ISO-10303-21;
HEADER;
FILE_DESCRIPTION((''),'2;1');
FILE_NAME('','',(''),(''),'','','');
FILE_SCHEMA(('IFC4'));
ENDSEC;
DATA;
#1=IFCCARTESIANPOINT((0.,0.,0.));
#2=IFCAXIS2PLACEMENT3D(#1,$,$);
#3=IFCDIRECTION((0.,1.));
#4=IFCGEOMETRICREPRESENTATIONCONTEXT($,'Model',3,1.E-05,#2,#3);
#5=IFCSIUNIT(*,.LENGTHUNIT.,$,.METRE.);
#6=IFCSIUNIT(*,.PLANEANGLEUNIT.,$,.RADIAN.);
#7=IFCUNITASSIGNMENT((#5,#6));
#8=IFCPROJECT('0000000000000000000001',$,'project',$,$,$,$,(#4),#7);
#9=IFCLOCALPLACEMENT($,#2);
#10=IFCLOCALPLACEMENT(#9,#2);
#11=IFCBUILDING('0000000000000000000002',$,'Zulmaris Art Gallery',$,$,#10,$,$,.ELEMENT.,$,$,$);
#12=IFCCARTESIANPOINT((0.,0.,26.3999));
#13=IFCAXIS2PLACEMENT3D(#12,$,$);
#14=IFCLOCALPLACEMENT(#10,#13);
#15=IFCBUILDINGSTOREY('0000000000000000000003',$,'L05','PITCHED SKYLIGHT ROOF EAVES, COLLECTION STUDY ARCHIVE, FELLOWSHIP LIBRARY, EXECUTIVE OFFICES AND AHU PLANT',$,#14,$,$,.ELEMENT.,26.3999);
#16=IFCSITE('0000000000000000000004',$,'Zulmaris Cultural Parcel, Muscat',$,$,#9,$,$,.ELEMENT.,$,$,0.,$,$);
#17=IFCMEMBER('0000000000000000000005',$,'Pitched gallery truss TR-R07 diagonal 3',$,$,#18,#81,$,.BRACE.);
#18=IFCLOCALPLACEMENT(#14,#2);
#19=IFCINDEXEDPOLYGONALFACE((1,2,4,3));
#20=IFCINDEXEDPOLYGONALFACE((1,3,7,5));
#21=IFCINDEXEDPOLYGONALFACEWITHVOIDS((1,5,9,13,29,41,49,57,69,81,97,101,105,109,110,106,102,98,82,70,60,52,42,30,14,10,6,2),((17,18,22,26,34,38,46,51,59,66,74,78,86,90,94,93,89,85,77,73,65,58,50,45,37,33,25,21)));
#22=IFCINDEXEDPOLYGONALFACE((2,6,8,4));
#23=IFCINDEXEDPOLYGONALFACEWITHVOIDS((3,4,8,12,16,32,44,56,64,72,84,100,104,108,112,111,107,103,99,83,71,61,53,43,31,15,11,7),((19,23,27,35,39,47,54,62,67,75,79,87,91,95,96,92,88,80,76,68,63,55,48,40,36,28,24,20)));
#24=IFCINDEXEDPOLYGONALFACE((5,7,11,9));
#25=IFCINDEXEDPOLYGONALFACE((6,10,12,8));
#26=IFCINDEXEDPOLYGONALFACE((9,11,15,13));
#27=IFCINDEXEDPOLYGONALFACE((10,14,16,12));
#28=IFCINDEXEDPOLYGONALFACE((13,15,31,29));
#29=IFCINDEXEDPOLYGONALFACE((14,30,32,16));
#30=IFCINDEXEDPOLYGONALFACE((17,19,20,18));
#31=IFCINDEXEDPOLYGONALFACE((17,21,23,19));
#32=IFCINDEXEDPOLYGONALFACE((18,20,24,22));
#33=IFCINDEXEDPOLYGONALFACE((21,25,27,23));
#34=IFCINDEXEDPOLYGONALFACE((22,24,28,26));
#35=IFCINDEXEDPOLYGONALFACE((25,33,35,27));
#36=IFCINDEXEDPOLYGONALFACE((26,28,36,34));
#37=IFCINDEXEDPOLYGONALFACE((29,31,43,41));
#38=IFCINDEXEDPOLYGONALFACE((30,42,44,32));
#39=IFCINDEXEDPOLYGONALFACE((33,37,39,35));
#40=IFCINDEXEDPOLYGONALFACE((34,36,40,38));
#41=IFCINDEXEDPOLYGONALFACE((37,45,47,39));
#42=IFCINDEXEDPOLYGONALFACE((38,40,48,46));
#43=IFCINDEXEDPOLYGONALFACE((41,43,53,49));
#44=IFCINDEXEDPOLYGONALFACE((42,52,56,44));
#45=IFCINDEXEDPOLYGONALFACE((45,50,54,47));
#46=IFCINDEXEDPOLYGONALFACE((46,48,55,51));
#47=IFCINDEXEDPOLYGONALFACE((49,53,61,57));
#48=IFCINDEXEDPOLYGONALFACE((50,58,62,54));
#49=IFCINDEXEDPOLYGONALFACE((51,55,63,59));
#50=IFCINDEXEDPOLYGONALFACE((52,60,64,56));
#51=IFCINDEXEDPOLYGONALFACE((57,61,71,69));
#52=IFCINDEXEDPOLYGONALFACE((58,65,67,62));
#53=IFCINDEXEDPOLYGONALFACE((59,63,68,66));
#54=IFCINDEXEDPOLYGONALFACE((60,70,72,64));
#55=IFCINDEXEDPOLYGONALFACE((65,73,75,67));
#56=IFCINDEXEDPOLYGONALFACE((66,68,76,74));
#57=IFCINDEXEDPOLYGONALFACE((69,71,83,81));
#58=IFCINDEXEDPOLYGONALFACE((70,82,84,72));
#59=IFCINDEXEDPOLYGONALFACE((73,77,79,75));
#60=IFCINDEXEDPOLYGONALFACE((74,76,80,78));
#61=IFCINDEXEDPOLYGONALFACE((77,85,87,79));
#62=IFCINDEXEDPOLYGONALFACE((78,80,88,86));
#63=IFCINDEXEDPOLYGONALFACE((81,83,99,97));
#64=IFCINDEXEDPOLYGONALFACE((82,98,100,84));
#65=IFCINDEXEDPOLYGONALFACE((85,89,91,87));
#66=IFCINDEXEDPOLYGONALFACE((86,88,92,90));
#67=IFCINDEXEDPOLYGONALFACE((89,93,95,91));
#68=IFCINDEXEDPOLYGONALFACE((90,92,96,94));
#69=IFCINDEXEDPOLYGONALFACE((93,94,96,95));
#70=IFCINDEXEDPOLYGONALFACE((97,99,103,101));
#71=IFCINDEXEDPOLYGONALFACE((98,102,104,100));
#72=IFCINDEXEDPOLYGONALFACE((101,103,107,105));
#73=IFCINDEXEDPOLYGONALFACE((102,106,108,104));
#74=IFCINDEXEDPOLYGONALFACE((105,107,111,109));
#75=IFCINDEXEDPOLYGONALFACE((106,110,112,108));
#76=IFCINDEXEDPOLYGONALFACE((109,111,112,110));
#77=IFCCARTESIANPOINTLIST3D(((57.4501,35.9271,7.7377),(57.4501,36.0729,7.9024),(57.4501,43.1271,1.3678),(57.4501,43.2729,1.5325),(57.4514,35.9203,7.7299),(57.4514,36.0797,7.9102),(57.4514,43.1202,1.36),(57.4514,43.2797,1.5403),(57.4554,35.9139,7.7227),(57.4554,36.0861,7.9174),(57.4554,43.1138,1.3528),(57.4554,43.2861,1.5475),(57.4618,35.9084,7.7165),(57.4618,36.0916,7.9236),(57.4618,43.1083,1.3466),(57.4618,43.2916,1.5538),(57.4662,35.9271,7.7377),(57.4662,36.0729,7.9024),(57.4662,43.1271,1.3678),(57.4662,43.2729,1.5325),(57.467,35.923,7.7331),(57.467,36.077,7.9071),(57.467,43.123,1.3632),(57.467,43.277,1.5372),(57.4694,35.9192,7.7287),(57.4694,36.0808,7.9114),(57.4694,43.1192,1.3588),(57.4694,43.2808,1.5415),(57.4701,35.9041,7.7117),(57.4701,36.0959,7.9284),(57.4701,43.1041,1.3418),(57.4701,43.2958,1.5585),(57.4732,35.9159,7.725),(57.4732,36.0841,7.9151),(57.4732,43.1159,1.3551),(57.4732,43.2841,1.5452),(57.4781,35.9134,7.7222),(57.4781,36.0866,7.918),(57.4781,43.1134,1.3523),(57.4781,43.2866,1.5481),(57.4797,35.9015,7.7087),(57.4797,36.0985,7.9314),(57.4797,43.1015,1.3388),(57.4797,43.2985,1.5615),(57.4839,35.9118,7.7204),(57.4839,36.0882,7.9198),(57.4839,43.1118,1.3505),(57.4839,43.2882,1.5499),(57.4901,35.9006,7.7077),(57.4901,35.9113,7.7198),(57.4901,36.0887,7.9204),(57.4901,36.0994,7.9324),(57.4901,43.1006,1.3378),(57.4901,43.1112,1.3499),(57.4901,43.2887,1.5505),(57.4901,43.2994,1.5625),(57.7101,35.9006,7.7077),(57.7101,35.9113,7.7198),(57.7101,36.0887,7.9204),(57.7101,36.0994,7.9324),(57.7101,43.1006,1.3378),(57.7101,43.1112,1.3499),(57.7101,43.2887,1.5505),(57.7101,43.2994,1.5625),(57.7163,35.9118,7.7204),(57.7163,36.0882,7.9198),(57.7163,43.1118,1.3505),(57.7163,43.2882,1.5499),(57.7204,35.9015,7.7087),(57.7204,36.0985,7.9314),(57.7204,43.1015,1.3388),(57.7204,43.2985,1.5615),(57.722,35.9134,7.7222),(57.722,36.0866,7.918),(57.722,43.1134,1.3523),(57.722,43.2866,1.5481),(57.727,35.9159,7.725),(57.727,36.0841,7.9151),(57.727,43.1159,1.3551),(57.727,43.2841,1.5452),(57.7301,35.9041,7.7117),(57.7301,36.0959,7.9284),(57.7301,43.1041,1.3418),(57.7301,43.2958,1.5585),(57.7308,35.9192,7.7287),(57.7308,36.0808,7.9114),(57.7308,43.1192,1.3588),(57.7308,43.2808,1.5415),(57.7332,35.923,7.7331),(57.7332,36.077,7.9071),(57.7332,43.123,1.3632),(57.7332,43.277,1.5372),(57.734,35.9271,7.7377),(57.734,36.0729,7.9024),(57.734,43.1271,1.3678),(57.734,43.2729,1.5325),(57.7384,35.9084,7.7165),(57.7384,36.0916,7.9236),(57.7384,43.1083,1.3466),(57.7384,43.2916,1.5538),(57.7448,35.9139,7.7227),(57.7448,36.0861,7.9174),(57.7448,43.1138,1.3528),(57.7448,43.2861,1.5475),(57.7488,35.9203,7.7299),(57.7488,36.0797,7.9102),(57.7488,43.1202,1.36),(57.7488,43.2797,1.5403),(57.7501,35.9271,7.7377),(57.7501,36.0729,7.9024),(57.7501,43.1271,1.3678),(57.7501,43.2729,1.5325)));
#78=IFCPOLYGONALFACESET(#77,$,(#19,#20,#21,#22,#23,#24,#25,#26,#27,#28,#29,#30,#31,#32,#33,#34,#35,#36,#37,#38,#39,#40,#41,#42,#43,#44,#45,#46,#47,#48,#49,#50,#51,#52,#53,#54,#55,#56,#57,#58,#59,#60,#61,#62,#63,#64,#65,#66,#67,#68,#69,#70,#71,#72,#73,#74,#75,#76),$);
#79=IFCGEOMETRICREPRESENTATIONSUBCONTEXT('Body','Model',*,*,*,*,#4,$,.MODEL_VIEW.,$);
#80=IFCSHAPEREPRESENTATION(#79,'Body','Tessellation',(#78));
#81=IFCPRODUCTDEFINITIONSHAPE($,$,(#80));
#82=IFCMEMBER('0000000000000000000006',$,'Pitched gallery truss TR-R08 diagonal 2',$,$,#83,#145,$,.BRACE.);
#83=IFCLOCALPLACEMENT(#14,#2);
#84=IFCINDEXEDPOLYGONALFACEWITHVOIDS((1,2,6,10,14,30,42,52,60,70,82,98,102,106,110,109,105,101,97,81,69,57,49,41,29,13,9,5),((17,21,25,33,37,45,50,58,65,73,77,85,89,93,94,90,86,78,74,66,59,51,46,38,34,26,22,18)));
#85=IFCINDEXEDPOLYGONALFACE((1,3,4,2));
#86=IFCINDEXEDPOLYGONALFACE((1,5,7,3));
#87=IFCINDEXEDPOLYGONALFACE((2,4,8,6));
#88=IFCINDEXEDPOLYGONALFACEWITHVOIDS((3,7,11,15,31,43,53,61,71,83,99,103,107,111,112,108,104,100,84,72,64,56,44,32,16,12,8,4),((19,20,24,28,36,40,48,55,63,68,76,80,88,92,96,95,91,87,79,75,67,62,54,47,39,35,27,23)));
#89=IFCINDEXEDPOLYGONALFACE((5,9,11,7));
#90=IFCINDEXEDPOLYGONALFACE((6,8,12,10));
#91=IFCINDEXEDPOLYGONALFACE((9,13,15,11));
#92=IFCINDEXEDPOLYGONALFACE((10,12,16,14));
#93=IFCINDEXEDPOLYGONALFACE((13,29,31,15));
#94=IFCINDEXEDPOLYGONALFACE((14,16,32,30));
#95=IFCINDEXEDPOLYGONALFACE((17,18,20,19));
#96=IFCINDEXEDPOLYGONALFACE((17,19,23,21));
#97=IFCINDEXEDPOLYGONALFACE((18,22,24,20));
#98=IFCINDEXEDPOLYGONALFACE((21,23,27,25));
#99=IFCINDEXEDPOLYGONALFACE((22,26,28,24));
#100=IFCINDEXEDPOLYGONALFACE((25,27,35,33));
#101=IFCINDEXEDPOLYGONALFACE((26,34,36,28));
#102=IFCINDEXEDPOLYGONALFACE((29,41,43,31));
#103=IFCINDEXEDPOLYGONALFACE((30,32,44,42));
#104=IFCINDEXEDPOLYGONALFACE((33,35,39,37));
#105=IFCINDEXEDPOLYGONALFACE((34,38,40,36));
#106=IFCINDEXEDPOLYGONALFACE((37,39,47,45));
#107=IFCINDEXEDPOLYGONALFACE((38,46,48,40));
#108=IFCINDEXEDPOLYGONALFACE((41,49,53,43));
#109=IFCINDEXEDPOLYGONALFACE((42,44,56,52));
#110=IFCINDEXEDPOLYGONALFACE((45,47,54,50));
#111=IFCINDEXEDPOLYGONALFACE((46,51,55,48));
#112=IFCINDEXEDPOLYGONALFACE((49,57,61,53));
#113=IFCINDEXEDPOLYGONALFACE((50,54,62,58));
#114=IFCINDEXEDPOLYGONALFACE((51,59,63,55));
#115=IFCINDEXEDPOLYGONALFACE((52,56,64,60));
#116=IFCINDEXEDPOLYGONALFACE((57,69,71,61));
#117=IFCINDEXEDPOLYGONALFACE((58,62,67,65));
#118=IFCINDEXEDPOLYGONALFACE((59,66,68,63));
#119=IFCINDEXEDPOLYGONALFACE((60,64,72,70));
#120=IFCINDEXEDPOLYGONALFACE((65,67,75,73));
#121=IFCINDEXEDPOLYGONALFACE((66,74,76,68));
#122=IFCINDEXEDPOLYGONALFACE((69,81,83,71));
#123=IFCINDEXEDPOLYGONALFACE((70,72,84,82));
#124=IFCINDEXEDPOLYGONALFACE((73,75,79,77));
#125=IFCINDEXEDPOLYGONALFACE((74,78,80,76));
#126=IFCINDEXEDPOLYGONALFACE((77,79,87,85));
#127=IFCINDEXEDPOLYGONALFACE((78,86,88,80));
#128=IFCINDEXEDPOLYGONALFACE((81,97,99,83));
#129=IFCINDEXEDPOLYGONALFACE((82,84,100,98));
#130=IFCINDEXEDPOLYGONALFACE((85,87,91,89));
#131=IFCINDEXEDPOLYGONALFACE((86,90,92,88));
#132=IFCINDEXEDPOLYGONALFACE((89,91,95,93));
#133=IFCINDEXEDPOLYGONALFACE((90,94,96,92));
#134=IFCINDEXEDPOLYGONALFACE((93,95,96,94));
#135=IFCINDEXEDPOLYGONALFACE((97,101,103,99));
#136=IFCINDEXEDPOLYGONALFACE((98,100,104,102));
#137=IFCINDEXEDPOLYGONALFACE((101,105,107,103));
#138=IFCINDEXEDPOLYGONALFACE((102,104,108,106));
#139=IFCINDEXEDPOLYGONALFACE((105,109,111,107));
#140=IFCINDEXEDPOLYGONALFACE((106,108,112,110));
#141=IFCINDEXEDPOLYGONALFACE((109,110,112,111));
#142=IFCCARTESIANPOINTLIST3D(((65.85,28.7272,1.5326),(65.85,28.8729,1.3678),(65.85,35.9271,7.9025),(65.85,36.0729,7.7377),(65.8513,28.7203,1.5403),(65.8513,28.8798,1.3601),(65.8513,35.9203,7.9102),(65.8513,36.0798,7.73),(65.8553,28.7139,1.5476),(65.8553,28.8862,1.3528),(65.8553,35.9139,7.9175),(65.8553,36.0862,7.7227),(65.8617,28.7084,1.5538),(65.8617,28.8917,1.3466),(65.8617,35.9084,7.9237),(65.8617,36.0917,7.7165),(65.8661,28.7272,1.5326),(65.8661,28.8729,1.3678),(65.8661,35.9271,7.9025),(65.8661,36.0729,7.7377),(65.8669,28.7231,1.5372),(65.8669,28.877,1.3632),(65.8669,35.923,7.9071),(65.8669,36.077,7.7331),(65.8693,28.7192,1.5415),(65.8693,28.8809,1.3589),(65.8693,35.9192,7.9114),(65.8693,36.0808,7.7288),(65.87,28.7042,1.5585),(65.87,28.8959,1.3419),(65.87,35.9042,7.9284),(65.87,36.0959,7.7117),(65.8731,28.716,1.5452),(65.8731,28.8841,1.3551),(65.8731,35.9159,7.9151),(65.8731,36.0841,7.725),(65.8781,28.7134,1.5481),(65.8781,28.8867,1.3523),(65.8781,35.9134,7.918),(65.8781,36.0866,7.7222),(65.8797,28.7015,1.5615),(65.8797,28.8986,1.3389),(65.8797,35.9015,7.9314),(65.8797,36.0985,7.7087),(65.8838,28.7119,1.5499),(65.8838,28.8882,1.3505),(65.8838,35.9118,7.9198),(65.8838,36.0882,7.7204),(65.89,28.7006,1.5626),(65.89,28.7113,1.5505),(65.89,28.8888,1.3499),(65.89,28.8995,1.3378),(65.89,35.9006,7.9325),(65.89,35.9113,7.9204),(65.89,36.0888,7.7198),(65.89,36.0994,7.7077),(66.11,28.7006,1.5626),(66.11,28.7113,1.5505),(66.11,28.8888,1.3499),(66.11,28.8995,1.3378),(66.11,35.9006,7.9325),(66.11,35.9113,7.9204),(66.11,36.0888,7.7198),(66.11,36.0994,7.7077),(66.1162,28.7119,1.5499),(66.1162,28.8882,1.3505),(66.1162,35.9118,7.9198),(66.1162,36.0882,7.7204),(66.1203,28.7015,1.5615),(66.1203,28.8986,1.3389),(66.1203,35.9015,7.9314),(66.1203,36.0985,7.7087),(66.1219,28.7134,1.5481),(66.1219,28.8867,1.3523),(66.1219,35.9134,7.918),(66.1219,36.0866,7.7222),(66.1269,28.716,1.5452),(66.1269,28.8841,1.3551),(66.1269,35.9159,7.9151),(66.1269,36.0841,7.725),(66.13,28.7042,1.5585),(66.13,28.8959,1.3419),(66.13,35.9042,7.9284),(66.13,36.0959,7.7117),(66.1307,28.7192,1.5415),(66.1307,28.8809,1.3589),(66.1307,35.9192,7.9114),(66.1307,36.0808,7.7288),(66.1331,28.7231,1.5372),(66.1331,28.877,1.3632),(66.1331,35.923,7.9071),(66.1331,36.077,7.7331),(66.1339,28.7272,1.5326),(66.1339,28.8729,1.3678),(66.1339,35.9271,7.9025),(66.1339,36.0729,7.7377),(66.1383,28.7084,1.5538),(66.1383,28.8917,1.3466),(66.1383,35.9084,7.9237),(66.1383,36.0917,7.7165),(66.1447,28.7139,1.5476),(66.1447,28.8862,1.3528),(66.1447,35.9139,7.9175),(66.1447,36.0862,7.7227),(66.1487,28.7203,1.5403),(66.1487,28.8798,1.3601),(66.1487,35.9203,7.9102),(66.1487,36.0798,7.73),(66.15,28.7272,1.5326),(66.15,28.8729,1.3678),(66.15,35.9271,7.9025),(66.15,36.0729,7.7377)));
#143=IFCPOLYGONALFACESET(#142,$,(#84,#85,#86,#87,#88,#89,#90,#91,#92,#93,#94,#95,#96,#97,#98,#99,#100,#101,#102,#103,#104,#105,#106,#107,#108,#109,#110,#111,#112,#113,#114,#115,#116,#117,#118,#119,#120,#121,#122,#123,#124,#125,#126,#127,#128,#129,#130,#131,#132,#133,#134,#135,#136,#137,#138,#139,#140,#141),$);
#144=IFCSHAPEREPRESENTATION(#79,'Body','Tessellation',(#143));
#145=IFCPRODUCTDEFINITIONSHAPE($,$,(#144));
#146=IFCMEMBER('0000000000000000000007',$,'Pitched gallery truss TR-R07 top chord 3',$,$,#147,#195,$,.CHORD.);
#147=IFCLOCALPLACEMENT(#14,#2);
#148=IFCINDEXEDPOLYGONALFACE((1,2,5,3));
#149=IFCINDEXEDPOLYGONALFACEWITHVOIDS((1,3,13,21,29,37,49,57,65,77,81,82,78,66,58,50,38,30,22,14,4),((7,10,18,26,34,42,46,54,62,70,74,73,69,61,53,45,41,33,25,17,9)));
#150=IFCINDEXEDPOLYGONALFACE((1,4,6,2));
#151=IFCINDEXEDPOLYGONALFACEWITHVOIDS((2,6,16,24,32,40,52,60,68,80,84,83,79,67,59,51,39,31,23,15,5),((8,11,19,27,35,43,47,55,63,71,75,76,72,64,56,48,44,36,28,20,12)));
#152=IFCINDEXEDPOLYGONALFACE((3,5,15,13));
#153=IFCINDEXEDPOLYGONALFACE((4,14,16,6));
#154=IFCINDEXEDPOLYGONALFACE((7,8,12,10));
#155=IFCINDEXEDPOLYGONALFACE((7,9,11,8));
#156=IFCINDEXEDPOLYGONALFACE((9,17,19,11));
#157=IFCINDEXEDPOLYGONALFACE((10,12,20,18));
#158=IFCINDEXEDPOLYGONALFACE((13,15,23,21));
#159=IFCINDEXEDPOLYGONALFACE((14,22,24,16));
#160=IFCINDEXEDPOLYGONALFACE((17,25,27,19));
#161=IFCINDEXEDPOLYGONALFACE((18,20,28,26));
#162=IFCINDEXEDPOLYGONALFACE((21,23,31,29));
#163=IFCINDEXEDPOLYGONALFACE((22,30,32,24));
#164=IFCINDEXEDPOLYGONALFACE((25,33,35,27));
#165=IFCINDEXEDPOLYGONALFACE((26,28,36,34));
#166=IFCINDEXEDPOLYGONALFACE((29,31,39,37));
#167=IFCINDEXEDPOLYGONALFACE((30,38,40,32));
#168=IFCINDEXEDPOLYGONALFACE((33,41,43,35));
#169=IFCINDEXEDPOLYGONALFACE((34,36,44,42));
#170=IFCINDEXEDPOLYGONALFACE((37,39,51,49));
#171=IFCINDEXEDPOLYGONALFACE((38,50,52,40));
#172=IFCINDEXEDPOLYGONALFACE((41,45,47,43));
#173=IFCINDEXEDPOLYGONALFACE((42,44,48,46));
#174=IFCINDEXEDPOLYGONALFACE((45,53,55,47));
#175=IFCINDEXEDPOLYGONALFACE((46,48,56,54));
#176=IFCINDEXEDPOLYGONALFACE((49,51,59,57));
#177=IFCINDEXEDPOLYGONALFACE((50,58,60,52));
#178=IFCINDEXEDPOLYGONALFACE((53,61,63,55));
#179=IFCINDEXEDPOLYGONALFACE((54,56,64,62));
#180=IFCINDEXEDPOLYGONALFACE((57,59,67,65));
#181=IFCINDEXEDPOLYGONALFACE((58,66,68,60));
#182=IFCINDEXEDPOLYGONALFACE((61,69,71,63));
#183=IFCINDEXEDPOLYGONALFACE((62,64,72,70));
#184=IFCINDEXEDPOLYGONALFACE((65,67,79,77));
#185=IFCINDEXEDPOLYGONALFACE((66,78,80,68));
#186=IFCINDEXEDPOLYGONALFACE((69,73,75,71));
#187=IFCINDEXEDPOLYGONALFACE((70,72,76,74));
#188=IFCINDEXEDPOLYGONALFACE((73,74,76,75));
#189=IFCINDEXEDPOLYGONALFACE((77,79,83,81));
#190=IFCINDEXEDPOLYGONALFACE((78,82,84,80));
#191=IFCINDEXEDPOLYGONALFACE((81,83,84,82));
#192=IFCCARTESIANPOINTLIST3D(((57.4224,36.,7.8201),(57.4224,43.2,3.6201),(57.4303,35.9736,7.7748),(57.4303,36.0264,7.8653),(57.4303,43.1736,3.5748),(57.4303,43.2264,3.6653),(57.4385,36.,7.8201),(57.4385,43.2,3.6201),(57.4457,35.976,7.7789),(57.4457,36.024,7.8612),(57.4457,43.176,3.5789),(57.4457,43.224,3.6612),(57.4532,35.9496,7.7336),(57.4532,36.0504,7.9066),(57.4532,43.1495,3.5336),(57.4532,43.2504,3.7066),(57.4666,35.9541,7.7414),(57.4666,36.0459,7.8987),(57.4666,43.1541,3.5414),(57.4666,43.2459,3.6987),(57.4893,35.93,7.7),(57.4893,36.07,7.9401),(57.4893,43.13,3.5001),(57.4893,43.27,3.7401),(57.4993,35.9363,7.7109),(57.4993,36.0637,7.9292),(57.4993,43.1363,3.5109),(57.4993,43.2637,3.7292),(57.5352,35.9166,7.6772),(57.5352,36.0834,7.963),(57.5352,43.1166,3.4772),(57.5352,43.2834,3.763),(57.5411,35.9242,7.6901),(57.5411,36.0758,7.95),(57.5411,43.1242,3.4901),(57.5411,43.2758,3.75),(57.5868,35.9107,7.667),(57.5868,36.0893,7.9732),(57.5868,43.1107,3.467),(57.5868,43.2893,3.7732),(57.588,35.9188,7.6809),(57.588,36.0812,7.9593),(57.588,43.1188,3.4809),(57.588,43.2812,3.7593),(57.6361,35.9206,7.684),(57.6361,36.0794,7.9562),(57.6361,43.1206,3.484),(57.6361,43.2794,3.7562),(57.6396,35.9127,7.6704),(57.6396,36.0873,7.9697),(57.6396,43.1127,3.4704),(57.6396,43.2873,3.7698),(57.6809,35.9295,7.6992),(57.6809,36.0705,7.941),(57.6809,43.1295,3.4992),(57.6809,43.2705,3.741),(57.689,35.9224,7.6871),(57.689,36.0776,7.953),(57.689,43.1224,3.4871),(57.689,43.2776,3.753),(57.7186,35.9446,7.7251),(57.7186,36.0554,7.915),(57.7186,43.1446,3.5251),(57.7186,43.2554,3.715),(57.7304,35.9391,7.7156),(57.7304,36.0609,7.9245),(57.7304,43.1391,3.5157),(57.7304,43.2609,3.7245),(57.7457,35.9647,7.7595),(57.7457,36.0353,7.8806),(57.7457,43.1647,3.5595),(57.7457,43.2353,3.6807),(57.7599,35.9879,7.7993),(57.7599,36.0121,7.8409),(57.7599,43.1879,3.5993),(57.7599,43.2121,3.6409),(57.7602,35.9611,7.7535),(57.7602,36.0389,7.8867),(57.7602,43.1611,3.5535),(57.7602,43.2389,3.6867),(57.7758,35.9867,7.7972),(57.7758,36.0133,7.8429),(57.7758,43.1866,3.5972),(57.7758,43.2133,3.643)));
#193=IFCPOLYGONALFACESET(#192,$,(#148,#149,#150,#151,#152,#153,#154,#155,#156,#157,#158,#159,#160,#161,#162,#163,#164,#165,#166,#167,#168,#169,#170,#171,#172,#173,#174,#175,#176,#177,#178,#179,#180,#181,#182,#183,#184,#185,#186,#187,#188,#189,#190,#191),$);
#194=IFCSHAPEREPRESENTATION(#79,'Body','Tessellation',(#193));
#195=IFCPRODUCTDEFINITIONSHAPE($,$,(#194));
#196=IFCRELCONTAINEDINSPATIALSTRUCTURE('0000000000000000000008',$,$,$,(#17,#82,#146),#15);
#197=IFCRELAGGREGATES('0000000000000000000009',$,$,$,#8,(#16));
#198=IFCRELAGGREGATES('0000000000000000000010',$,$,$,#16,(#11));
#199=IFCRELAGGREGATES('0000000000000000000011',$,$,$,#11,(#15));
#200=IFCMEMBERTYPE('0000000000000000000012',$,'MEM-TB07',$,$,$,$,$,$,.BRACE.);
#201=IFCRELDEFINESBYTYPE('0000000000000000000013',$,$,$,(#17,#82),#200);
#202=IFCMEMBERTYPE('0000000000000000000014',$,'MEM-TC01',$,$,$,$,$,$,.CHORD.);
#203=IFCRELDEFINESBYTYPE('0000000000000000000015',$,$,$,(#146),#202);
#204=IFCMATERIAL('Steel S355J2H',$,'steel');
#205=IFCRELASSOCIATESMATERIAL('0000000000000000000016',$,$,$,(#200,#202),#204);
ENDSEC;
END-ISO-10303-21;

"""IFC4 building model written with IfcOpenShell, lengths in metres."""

from ifc_helpers import new_model, si_unit, direction, frame, origin, origin_2d, place, context, subcontext, project, spatial, hollow_rectangle, hollow_circle, extrude, material, material_profile, profile_set, type_object, element, save


model = new_model("IFC4")

# Units and contexts
model_context = context("Model", 3, precision=1e-05, world=origin(), true_north=direction((0.0, 1.0)))
body_context = subcontext(model_context, "Body", "Model", "MODEL_VIEW")
ifc_project = project(units=[si_unit("LENGTHUNIT", "METRE"), si_unit("PLANEANGLEUNIT", "RADIAN")], contexts=[model_context])

# Site, building, storey
site_placement = place(None, origin())
site = spatial("IfcSite", under=ifc_project, at=site_placement, Name="Zulmaris Cultural Parcel, Muscat", CompositionType="ELEMENT", RefElevation=0.0)
building_placement = place(site_placement, origin())
building = spatial("IfcBuilding", under=site, at=building_placement, Name="Zulmaris Art Gallery", CompositionType="ELEMENT")
storey_placement = place(building_placement, frame((0.0, 0.0, 26.3999)))
storey = spatial("IfcBuildingStorey", under=building, at=storey_placement, Name="L05", Description="PITCHED SKYLIGHT ROOF EAVES, COLLECTION STUDY ARCHIVE, FELLOWSHIP LIBRARY, EXECUTIVE OFFICES AND AHU PLANT", CompositionType="ELEMENT", Elevation=26.3999)

# Members
ifc_material_1 = material(Name="Steel S355J2H", Category="steel")
ifc_material_profile_1 = material_profile(ifc_material_1, hollow_rectangle(XDim=0.3, YDim=0.3, WallThickness=0.0161, InnerFilletRadius=0.0239, OuterFilletRadius=0.04, at=origin_2d()), Name="SHS 300x300x16")
ifc_profile_set_1 = profile_set([ifc_material_profile_1], Name="Steel S355J2H")
member_type_1 = type_object("IfcMemberType", Name="MEM-TB07", PredefinedType="BRACE", material=ifc_profile_set_1)
for number, where, z_axis, x_axis, name in (
    (1, (57.6001, 36.0, 7.8201), (0.0, 0.748961, -0.662614), (-1.0, 0.0, 0.0), "Pitched gallery truss TR-R07 diagonal 3"),
    (2, (66.0, 28.8, 1.4502), (0.0, 0.748961, 0.662614), (-1.0, 0.0, 0.0), "Pitched gallery truss TR-R08 diagonal 2"),
):
    element("IfcMember", number, at=place(storey_placement, frame(where, z_axis=z_axis, x_axis=x_axis)), inside=storey, type_object=member_type_1, Name=name, PredefinedType="BRACE", context=body_context, shape_type="SweptSolid", body=[
        extrude(hollow_rectangle(XDim=0.3, YDim=0.3, WallThickness=0.0161, InnerFilletRadius=0.0239, OuterFilletRadius=0.04, at=origin_2d()), origin(), (0.0, 0.0, 1.0), 9.6133),
    ])
ifc_material_profile_2 = material_profile(ifc_material_1, hollow_circle(Radius=0.1777, WallThickness=0.0161, at=origin_2d()), Name="CHS 355.6x16")
ifc_profile_set_2 = profile_set([ifc_material_profile_2], Name="Steel S355J2H")
member_type_2 = type_object("IfcMemberType", Name="MEM-TC01", PredefinedType="CHORD", material=ifc_profile_set_2)
member_1_placement = place(storey_placement, frame((57.6001, 36.0, 7.8201), z_axis=(0.0, 0.86378, -0.503869), x_axis=(-1.0, 0.0, 0.0)))
element("IfcMember", 3, at=member_1_placement, inside=storey, type_object=member_type_2, Name="Pitched gallery truss TR-R07 top chord 3", PredefinedType="CHORD", context=body_context, shape_type="SweptSolid", body=[
    extrude(hollow_circle(Radius=0.1777, WallThickness=0.0161, at=origin_2d()), origin(), (0.0, 0.0, 1.0), 8.3354),
])

save(model, "model.ifc")
